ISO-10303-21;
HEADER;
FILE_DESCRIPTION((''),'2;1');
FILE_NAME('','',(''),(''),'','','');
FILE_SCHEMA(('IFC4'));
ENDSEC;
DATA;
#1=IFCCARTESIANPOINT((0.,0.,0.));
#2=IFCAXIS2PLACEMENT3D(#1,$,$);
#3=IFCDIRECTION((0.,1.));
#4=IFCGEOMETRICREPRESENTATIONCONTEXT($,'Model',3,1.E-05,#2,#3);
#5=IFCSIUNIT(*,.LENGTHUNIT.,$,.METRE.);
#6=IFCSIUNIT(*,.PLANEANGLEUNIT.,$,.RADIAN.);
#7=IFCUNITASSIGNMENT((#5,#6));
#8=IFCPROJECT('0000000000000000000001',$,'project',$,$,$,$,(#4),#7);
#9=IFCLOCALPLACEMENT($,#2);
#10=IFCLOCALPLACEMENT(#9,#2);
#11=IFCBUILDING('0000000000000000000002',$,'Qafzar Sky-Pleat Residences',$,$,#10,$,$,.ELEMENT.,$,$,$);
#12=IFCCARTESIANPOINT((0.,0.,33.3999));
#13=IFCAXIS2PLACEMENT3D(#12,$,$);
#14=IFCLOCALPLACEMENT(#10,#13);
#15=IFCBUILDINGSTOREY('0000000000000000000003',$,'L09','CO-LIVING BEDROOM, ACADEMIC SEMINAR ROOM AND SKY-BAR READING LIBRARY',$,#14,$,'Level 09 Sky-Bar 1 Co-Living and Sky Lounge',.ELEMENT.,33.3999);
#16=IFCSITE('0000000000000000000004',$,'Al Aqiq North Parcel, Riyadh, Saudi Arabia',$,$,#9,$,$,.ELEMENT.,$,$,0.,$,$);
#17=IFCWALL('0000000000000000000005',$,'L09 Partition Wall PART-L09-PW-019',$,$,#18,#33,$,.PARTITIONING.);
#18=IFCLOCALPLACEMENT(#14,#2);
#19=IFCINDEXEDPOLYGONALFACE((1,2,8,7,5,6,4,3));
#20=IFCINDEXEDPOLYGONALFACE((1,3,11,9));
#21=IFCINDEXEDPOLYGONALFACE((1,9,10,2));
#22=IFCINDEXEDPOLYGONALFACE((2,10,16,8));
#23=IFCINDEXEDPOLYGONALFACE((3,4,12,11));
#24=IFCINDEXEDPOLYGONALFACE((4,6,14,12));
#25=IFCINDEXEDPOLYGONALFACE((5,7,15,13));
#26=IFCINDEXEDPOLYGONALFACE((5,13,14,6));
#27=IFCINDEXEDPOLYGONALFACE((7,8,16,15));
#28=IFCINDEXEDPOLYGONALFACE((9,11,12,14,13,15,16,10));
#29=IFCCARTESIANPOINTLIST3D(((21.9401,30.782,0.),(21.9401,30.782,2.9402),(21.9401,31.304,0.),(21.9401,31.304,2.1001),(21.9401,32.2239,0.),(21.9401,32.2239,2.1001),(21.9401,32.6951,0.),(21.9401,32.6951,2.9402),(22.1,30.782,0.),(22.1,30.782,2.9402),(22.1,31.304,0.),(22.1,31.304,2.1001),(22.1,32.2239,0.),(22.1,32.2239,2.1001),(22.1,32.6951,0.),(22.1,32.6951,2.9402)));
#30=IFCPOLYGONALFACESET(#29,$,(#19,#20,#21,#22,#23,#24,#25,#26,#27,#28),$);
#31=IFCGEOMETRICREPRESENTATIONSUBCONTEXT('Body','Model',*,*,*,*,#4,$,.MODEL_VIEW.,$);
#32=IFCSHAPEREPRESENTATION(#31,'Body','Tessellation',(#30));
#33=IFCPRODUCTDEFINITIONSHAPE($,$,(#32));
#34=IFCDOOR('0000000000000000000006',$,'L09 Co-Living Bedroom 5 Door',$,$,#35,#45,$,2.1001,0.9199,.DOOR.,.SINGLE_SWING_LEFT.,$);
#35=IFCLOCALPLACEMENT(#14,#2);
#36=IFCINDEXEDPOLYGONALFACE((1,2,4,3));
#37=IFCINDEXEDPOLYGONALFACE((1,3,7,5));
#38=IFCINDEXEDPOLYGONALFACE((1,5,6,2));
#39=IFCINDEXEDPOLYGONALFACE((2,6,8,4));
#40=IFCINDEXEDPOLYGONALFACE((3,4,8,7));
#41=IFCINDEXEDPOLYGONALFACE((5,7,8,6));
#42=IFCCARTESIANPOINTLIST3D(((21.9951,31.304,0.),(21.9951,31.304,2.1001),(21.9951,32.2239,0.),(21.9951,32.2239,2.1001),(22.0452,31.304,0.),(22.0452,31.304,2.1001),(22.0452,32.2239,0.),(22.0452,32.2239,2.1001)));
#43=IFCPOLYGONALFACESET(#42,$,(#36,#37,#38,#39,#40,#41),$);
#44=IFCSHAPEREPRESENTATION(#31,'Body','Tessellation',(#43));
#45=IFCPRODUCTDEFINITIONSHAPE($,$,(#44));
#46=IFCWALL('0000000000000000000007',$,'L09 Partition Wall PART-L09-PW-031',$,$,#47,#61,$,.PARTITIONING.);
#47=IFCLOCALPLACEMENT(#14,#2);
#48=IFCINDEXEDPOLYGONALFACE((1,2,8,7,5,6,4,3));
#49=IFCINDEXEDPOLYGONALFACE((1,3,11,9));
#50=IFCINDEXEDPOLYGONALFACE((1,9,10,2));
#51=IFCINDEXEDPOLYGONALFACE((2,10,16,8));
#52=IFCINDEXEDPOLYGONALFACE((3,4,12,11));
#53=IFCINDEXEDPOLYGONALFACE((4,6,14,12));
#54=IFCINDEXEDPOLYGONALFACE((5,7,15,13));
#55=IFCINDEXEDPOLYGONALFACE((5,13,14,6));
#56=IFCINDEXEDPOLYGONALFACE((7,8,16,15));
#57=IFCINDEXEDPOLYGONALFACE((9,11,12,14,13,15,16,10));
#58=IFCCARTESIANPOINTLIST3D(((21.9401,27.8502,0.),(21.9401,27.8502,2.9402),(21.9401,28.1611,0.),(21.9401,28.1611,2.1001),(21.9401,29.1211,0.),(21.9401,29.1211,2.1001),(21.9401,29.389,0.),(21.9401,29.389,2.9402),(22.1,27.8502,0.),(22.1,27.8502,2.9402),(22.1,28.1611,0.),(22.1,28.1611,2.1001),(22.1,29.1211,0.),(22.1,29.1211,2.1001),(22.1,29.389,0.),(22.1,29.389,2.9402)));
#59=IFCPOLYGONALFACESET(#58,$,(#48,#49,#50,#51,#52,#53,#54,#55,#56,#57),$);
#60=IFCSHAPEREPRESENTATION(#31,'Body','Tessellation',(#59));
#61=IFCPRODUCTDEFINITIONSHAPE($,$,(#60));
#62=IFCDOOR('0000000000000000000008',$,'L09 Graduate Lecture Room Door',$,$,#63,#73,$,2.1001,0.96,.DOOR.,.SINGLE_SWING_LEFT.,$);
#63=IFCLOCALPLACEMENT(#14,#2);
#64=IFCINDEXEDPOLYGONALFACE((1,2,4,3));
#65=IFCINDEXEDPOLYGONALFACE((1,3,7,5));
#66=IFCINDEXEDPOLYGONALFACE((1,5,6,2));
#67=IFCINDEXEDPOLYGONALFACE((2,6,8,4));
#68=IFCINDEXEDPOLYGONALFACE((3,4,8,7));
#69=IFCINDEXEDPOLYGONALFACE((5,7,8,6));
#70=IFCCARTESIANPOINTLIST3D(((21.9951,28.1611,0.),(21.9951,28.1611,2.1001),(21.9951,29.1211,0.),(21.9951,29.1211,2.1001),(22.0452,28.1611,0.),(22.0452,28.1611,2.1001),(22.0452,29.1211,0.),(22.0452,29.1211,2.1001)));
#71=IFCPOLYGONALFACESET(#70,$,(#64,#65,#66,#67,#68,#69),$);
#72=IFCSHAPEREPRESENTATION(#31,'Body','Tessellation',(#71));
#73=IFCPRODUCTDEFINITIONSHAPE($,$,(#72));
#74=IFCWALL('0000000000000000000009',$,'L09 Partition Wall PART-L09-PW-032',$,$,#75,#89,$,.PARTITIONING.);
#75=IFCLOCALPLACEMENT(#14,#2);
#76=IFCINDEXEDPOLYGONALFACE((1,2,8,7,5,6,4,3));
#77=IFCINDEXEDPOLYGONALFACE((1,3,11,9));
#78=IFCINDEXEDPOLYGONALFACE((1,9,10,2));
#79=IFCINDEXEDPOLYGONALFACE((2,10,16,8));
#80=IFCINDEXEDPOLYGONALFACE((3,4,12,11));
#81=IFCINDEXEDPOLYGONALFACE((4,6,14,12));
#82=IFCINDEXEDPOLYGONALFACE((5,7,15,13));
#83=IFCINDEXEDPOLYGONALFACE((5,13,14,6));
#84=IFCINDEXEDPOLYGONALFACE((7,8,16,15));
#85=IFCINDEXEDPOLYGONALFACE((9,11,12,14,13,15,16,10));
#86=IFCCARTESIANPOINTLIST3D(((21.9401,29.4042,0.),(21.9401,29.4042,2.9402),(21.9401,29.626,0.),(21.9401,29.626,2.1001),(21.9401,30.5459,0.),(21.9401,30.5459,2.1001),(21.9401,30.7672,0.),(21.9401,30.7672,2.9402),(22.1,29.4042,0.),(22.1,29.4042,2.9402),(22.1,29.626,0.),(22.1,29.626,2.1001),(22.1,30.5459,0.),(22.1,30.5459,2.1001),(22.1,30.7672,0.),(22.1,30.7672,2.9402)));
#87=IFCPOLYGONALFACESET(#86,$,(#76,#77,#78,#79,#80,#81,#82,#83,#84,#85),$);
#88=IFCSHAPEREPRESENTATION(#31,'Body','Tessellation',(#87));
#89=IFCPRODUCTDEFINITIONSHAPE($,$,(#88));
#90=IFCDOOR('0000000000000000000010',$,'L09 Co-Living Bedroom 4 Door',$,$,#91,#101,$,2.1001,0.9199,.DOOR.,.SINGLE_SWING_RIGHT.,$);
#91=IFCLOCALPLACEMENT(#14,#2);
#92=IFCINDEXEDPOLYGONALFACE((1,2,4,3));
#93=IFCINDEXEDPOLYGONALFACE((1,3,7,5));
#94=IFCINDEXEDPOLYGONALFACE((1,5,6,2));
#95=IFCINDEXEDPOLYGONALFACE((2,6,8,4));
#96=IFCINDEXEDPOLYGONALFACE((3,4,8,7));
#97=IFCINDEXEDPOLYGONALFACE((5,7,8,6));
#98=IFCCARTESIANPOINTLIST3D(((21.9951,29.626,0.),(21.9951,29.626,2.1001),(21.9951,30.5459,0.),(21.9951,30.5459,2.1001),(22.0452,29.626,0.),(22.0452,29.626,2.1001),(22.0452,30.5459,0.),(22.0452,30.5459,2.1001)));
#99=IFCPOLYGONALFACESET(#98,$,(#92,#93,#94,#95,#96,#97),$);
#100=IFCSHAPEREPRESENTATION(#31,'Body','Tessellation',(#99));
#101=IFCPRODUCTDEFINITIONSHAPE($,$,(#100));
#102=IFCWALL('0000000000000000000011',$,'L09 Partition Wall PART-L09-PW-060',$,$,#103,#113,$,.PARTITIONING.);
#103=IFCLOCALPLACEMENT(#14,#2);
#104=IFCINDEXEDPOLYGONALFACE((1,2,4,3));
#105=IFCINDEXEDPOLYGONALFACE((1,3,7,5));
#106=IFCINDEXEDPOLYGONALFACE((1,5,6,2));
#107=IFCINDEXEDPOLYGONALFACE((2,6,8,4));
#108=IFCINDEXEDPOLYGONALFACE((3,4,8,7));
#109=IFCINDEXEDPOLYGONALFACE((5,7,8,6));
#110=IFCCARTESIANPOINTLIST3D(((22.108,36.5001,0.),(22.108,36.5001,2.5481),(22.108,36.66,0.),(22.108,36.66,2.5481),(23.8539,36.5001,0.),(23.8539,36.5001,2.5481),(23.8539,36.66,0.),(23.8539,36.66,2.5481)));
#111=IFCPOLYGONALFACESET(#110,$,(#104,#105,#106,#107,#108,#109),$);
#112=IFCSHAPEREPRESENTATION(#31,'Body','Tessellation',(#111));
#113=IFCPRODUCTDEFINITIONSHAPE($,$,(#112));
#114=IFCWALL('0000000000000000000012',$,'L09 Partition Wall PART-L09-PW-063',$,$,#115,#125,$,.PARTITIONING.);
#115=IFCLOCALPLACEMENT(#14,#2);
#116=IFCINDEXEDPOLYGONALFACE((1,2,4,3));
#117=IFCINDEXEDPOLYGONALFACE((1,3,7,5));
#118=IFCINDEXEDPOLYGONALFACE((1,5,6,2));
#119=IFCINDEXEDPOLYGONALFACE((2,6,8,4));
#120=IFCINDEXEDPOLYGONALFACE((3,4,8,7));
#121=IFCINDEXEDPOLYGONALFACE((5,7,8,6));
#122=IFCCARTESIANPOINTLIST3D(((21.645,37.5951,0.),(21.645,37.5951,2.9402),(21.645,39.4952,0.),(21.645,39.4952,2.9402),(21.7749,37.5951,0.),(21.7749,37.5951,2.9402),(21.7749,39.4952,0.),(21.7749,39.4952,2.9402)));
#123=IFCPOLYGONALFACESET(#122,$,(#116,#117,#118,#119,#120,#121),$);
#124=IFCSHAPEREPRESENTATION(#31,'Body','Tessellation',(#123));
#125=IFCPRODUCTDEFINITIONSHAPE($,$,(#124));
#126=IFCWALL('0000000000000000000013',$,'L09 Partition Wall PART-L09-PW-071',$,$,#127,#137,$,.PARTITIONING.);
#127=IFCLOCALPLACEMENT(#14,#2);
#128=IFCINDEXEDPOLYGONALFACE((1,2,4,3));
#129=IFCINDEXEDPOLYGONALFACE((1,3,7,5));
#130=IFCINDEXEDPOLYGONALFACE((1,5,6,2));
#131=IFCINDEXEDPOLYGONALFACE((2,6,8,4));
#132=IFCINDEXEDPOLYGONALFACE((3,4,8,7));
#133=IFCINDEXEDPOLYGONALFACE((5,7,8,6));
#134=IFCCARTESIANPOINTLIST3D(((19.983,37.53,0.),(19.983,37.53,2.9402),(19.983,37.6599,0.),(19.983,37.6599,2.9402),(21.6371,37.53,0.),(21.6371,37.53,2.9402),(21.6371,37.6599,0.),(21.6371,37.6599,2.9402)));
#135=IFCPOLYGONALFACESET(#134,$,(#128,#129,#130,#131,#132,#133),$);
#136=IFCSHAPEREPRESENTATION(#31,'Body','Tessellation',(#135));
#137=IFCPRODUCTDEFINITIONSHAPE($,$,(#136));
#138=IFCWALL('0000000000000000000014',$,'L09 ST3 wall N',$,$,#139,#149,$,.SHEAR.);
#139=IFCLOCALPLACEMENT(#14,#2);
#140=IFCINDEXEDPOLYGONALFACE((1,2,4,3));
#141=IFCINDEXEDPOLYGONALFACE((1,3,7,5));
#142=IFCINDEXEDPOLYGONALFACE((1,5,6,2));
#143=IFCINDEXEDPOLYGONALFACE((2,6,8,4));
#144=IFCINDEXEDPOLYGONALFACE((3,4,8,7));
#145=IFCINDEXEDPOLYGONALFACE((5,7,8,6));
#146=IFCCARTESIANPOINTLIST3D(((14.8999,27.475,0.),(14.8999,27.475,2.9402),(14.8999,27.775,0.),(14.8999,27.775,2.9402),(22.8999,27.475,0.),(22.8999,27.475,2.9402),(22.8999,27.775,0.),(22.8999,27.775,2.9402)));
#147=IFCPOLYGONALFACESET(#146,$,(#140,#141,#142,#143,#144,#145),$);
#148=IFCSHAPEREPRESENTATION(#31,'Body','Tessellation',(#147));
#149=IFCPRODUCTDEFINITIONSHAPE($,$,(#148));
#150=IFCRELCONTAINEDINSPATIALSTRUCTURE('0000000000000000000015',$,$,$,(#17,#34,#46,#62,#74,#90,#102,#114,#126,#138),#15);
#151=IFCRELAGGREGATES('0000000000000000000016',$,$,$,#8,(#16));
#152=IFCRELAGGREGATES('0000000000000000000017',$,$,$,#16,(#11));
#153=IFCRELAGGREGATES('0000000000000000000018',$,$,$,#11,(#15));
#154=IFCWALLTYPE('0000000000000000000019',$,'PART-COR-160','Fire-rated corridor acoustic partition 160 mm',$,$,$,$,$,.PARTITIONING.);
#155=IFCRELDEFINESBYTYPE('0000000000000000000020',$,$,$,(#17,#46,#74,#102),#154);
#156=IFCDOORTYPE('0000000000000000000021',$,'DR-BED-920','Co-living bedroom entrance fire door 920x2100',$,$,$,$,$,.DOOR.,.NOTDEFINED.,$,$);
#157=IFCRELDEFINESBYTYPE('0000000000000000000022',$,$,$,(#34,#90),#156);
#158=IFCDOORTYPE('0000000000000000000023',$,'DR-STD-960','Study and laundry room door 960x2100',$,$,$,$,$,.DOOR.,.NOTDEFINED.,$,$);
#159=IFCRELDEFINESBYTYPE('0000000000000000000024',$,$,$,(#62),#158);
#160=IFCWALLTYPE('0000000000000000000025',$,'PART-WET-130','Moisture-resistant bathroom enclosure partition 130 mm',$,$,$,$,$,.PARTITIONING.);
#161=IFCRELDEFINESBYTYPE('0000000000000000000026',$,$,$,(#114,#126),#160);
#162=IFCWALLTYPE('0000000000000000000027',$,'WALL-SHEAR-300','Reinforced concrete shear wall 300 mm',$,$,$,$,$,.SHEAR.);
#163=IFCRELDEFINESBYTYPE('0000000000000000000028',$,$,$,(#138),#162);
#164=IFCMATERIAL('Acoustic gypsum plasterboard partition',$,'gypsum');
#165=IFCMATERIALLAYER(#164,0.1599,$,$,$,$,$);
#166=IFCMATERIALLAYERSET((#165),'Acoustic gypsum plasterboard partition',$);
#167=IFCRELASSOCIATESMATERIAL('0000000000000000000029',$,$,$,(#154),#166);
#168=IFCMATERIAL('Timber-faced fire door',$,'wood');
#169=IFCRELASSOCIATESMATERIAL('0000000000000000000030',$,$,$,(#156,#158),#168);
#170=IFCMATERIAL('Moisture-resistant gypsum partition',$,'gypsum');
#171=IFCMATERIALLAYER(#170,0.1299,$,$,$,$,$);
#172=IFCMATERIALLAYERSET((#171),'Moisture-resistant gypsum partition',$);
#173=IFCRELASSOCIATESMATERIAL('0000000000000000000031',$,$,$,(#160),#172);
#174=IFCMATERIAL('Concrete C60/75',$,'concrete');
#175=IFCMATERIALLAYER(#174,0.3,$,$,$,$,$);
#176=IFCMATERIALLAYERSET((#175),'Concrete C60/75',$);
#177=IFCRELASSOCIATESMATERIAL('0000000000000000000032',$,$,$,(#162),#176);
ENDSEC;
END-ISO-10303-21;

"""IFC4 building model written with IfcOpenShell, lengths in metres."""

from ifc_helpers import new_model, si_unit, direction, frame, frame_2d, origin, place, context, subcontext, project, spatial, rectangle, extrude, source, transform, mapped, material, layer, layer_set, type_object, element, fill, save


model = new_model("IFC4")

# Units and contexts
model_context = context("Model", 3, precision=1e-05, world=origin(), true_north=direction((0.0, 1.0)))
body_context = subcontext(model_context, "Body", "Model", "MODEL_VIEW")
ifc_project = project(units=[si_unit("LENGTHUNIT", "METRE"), si_unit("PLANEANGLEUNIT", "RADIAN")], contexts=[model_context])

# Site, building, storey
site_placement = place(None, origin())
site = spatial("IfcSite", under=ifc_project, at=site_placement, Name="Al Aqiq North Parcel, Riyadh, Saudi Arabia", CompositionType="ELEMENT", RefElevation=0.0)
building_placement = place(site_placement, origin())
building = spatial("IfcBuilding", under=site, at=building_placement, Name="Qafzar Sky-Pleat Residences", CompositionType="ELEMENT")
storey_placement = place(building_placement, frame((0.0, 0.0, 33.3999)))
storey = spatial("IfcBuildingStorey", under=building, at=storey_placement, Name="L09", Description="CO-LIVING BEDROOM, ACADEMIC SEMINAR ROOM AND SKY-BAR READING LIBRARY", LongName="Level 09 Sky-Bar 1 Co-Living and Sky Lounge", CompositionType="ELEMENT", Elevation=33.3999)

# Walls, openings, doors
ifc_material_1 = material(Name="Acoustic gypsum plasterboard partition", Category="gypsum")
ifc_layer_1 = layer(ifc_material_1, 0.1599)
ifc_layer_set_1 = layer_set([ifc_layer_1], Name="Acoustic gypsum plasterboard partition")
wall_type_1 = type_object("IfcWallType", Name="PART-COR-160", Description="Fire-rated corridor acoustic partition 160 mm", PredefinedType="PARTITIONING", material=ifc_layer_set_1)
ifc_material_2 = material(Name="Timber-faced fire door", Category="wood")
door_type_1 = type_object("IfcDoorType", Name="DR-BED-920", Description="Co-living bedroom entrance fire door 920x2100", OperationType="NOTDEFINED", PredefinedType="DOOR", material=ifc_material_2)
shared_shape_1 = source(origin(), body_context, "Body", "SweptSolid", [
    extrude(rectangle(XDim=0.9199, YDim=2.1001, at=frame_2d((0.46, 1.05))), frame((0.0, 0.0249, 0.0), z_axis=(0.0, -1.0, 0.0), x_axis=(1.0, 0.0, 0.0)), (0.0, 0.0, 1.0), 0.05),
])
wall_1_placement = place(storey_placement, frame((22.02, 30.782, 0.0), z_axis=(0.0, 0.0, 1.0), x_axis=(0.0, 1.0, 0.0)))
wall_1 = element("IfcWall", 1, at=wall_1_placement, inside=storey, type_object=wall_type_1, Name="L09 Partition Wall PART-L09-PW-019", PredefinedType="PARTITIONING", context=body_context, shape_type="SweptSolid", body=[
    extrude(rectangle(XDim=1.9131, YDim=0.1599, at=frame_2d((0.9565, 0.0))), origin(), (0.0, 0.0, 1.0), 2.9402),
])
opening_1_placement = place(wall_1_placement, frame((0.522, 0.0, 0.0)))
opening_1 = element("IfcOpeningElement", 2, at=opening_1_placement, cuts=wall_1, PredefinedType="OPENING", context=body_context, shape_type="SweptSolid", body=[
    extrude(rectangle(XDim=0.9199, YDim=2.1001, at=frame_2d((0.46, 1.05))), frame((0.0, 0.0898, 0.0), z_axis=(0.0, -1.0, 0.0), x_axis=(1.0, 0.0, 0.0)), (0.0, 0.0, 1.0), 0.1799),
])
door_1_placement = place(opening_1_placement, origin())
door_1 = element("IfcDoor", 3, at=door_1_placement, inside=storey, type_object=door_type_1, Name="L09 Co-Living Bedroom 5 Door", OperationType="SINGLE_SWING_LEFT", OverallHeight=2.1001, OverallWidth=0.9199, PredefinedType="DOOR", context=body_context, shape_type="MappedRepresentation", body=[
    mapped(shared_shape_1, transform((0.0, 0.0, 0.0), x_axis=(1.0, 0.0, 0.0), y_axis=(0.0, 1.0, 0.0), z_axis=(0.0, 0.0, 1.0), scale=1.0)),
])
fill(opening_1, door_1)
wall_2_placement = place(storey_placement, frame((22.02, 27.8501, 0.0), z_axis=(0.0, 0.0, 1.0), x_axis=(0.0, 1.0, 0.0)))
wall_2 = element("IfcWall", 4, at=wall_2_placement, inside=storey, type_object=wall_type_1, Name="L09 Partition Wall PART-L09-PW-031", PredefinedType="PARTITIONING", context=body_context, shape_type="SweptSolid", body=[
    extrude(rectangle(XDim=1.5388, YDim=0.1599, at=frame_2d((0.7695, 0.0))), origin(), (0.0, 0.0, 1.0), 2.9402),
])
opening_2_placement = place(wall_2_placement, frame((0.311, 0.0, 0.0)))
opening_2 = element("IfcOpeningElement", 5, at=opening_2_placement, cuts=wall_2, PredefinedType="OPENING", context=body_context, shape_type="SweptSolid", body=[
    extrude(rectangle(XDim=0.96, YDim=2.1001, at=frame_2d((0.48, 1.05))), frame((0.0, 0.0898, 0.0), z_axis=(0.0, -1.0, 0.0), x_axis=(1.0, 0.0, 0.0)), (0.0, 0.0, 1.0), 0.1799),
])
door_type_2 = type_object("IfcDoorType", Name="DR-STD-960", Description="Study and laundry room door 960x2100", OperationType="NOTDEFINED", PredefinedType="DOOR", material=ifc_material_2)
shared_shape_2 = source(origin(), body_context, "Body", "SweptSolid", [
    extrude(rectangle(XDim=0.96, YDim=2.1001, at=frame_2d((0.48, 1.05))), frame((0.0, 0.0249, 0.0), z_axis=(0.0, -1.0, 0.0), x_axis=(1.0, 0.0, 0.0)), (0.0, 0.0, 1.0), 0.05),
])
door_2_placement = place(opening_2_placement, origin())
door_2 = element("IfcDoor", 6, at=door_2_placement, inside=storey, type_object=door_type_2, Name="L09 Graduate Lecture Room Door", OperationType="SINGLE_SWING_LEFT", OverallHeight=2.1001, OverallWidth=0.96, PredefinedType="DOOR", context=body_context, shape_type="MappedRepresentation", body=[
    mapped(shared_shape_2, transform((0.0, 0.0, 0.0), x_axis=(1.0, 0.0, 0.0), y_axis=(0.0, 1.0, 0.0), z_axis=(0.0, 0.0, 1.0), scale=1.0)),
])
fill(opening_2, door_2)
wall_3_placement = place(storey_placement, frame((22.02, 29.4041, 0.0), z_axis=(0.0, 0.0, 1.0), x_axis=(0.0, 1.0, 0.0)))
wall_3 = element("IfcWall", 7, at=wall_3_placement, inside=storey, type_object=wall_type_1, Name="L09 Partition Wall PART-L09-PW-032", PredefinedType="PARTITIONING", context=body_context, shape_type="SweptSolid", body=[
    extrude(rectangle(XDim=1.363, YDim=0.1599, at=frame_2d((0.6816, 0.0))), origin(), (0.0, 0.0, 1.0), 2.9402),
])
opening_3_placement = place(wall_3_placement, frame((0.2219, 0.0, 0.0)))
opening_3 = element("IfcOpeningElement", 8, at=opening_3_placement, cuts=wall_3, PredefinedType="OPENING", context=body_context, shape_type="SweptSolid", body=[
    extrude(rectangle(XDim=0.9199, YDim=2.1001, at=frame_2d((0.46, 1.05))), frame((0.0, 0.0898, 0.0), z_axis=(0.0, -1.0, 0.0), x_axis=(1.0, 0.0, 0.0)), (0.0, 0.0, 1.0), 0.1799),
])
door_3_placement = place(opening_3_placement, origin())
door_3 = element("IfcDoor", 9, at=door_3_placement, inside=storey, type_object=door_type_1, Name="L09 Co-Living Bedroom 4 Door", OperationType="SINGLE_SWING_RIGHT", OverallHeight=2.1001, OverallWidth=0.9199, PredefinedType="DOOR", context=body_context, shape_type="MappedRepresentation", body=[
    mapped(shared_shape_1, transform((0.0, 0.0, 0.0), x_axis=(1.0, 0.0, 0.0), y_axis=(0.0, 1.0, 0.0), z_axis=(0.0, 0.0, 1.0), scale=1.0)),
])
fill(opening_3, door_3)

# Walls
wall_4_placement = place(storey_placement, frame((22.1079, 36.5801, 0.0), z_axis=(0.0, 0.0, 1.0), x_axis=(1.0, 0.0, 0.0)))
element("IfcWall", 10, at=wall_4_placement, inside=storey, type_object=wall_type_1, Name="L09 Partition Wall PART-L09-PW-060", PredefinedType="PARTITIONING", context=body_context, shape_type="SweptSolid", body=[
    extrude(rectangle(XDim=1.7458, YDim=0.1599, at=frame_2d((0.873, 0.0))), origin(), (0.0, 0.0, 1.0), 2.5481),
])
ifc_material_3 = material(Name="Moisture-resistant gypsum partition", Category="gypsum")
ifc_layer_2 = layer(ifc_material_3, 0.1299)
ifc_layer_set_2 = layer_set([ifc_layer_2], Name="Moisture-resistant gypsum partition")
wall_type_2 = type_object("IfcWallType", Name="PART-WET-130", Description="Moisture-resistant bathroom enclosure partition 130 mm", PredefinedType="PARTITIONING", material=ifc_layer_set_2)
wall_5_placement = place(storey_placement, frame((21.71, 37.595, 0.0), z_axis=(0.0, 0.0, 1.0), x_axis=(0.0, 1.0, 0.0)))
element("IfcWall", 11, at=wall_5_placement, inside=storey, type_object=wall_type_2, Name="L09 Partition Wall PART-L09-PW-063", PredefinedType="PARTITIONING", context=body_context, shape_type="SweptSolid", body=[
    extrude(rectangle(XDim=1.9001, YDim=0.1299, at=frame_2d((0.9502, 0.0))), origin(), (0.0, 0.0, 1.0), 2.9402),
])
wall_6_placement = place(storey_placement, frame((19.9829, 37.595, 0.0), z_axis=(0.0, 0.0, 1.0), x_axis=(1.0, 0.0, 0.0)))
element("IfcWall", 12, at=wall_6_placement, inside=storey, type_object=wall_type_2, Name="L09 Partition Wall PART-L09-PW-071", PredefinedType="PARTITIONING", context=body_context, shape_type="SweptSolid", body=[
    extrude(rectangle(XDim=1.6541, YDim=0.1299, at=frame_2d((0.8271, 0.0))), origin(), (0.0, 0.0, 1.0), 2.9402),
])
ifc_material_4 = material(Name="Concrete C60/75", Category="concrete")
ifc_layer_3 = layer(ifc_material_4, 0.3)
ifc_layer_set_3 = layer_set([ifc_layer_3], Name="Concrete C60/75")
wall_type_3 = type_object("IfcWallType", Name="WALL-SHEAR-300", Description="Reinforced concrete shear wall 300 mm", PredefinedType="SHEAR", material=ifc_layer_set_3)
wall_7_placement = place(storey_placement, frame((22.8999, 27.625, 0.0), z_axis=(0.0, 0.0, 1.0), x_axis=(-1.0, 0.0, 0.0)))
element("IfcWall", 13, at=wall_7_placement, inside=storey, type_object=wall_type_3, Name="L09 ST3 wall N", PredefinedType="SHEAR", context=body_context, shape_type="SweptSolid", body=[
    extrude(rectangle(XDim=8.0, YDim=0.3, at=frame_2d((4.0, 0.0))), origin(), (0.0, 0.0, 1.0), 2.9402),
])

save(model, "model.ifc")
